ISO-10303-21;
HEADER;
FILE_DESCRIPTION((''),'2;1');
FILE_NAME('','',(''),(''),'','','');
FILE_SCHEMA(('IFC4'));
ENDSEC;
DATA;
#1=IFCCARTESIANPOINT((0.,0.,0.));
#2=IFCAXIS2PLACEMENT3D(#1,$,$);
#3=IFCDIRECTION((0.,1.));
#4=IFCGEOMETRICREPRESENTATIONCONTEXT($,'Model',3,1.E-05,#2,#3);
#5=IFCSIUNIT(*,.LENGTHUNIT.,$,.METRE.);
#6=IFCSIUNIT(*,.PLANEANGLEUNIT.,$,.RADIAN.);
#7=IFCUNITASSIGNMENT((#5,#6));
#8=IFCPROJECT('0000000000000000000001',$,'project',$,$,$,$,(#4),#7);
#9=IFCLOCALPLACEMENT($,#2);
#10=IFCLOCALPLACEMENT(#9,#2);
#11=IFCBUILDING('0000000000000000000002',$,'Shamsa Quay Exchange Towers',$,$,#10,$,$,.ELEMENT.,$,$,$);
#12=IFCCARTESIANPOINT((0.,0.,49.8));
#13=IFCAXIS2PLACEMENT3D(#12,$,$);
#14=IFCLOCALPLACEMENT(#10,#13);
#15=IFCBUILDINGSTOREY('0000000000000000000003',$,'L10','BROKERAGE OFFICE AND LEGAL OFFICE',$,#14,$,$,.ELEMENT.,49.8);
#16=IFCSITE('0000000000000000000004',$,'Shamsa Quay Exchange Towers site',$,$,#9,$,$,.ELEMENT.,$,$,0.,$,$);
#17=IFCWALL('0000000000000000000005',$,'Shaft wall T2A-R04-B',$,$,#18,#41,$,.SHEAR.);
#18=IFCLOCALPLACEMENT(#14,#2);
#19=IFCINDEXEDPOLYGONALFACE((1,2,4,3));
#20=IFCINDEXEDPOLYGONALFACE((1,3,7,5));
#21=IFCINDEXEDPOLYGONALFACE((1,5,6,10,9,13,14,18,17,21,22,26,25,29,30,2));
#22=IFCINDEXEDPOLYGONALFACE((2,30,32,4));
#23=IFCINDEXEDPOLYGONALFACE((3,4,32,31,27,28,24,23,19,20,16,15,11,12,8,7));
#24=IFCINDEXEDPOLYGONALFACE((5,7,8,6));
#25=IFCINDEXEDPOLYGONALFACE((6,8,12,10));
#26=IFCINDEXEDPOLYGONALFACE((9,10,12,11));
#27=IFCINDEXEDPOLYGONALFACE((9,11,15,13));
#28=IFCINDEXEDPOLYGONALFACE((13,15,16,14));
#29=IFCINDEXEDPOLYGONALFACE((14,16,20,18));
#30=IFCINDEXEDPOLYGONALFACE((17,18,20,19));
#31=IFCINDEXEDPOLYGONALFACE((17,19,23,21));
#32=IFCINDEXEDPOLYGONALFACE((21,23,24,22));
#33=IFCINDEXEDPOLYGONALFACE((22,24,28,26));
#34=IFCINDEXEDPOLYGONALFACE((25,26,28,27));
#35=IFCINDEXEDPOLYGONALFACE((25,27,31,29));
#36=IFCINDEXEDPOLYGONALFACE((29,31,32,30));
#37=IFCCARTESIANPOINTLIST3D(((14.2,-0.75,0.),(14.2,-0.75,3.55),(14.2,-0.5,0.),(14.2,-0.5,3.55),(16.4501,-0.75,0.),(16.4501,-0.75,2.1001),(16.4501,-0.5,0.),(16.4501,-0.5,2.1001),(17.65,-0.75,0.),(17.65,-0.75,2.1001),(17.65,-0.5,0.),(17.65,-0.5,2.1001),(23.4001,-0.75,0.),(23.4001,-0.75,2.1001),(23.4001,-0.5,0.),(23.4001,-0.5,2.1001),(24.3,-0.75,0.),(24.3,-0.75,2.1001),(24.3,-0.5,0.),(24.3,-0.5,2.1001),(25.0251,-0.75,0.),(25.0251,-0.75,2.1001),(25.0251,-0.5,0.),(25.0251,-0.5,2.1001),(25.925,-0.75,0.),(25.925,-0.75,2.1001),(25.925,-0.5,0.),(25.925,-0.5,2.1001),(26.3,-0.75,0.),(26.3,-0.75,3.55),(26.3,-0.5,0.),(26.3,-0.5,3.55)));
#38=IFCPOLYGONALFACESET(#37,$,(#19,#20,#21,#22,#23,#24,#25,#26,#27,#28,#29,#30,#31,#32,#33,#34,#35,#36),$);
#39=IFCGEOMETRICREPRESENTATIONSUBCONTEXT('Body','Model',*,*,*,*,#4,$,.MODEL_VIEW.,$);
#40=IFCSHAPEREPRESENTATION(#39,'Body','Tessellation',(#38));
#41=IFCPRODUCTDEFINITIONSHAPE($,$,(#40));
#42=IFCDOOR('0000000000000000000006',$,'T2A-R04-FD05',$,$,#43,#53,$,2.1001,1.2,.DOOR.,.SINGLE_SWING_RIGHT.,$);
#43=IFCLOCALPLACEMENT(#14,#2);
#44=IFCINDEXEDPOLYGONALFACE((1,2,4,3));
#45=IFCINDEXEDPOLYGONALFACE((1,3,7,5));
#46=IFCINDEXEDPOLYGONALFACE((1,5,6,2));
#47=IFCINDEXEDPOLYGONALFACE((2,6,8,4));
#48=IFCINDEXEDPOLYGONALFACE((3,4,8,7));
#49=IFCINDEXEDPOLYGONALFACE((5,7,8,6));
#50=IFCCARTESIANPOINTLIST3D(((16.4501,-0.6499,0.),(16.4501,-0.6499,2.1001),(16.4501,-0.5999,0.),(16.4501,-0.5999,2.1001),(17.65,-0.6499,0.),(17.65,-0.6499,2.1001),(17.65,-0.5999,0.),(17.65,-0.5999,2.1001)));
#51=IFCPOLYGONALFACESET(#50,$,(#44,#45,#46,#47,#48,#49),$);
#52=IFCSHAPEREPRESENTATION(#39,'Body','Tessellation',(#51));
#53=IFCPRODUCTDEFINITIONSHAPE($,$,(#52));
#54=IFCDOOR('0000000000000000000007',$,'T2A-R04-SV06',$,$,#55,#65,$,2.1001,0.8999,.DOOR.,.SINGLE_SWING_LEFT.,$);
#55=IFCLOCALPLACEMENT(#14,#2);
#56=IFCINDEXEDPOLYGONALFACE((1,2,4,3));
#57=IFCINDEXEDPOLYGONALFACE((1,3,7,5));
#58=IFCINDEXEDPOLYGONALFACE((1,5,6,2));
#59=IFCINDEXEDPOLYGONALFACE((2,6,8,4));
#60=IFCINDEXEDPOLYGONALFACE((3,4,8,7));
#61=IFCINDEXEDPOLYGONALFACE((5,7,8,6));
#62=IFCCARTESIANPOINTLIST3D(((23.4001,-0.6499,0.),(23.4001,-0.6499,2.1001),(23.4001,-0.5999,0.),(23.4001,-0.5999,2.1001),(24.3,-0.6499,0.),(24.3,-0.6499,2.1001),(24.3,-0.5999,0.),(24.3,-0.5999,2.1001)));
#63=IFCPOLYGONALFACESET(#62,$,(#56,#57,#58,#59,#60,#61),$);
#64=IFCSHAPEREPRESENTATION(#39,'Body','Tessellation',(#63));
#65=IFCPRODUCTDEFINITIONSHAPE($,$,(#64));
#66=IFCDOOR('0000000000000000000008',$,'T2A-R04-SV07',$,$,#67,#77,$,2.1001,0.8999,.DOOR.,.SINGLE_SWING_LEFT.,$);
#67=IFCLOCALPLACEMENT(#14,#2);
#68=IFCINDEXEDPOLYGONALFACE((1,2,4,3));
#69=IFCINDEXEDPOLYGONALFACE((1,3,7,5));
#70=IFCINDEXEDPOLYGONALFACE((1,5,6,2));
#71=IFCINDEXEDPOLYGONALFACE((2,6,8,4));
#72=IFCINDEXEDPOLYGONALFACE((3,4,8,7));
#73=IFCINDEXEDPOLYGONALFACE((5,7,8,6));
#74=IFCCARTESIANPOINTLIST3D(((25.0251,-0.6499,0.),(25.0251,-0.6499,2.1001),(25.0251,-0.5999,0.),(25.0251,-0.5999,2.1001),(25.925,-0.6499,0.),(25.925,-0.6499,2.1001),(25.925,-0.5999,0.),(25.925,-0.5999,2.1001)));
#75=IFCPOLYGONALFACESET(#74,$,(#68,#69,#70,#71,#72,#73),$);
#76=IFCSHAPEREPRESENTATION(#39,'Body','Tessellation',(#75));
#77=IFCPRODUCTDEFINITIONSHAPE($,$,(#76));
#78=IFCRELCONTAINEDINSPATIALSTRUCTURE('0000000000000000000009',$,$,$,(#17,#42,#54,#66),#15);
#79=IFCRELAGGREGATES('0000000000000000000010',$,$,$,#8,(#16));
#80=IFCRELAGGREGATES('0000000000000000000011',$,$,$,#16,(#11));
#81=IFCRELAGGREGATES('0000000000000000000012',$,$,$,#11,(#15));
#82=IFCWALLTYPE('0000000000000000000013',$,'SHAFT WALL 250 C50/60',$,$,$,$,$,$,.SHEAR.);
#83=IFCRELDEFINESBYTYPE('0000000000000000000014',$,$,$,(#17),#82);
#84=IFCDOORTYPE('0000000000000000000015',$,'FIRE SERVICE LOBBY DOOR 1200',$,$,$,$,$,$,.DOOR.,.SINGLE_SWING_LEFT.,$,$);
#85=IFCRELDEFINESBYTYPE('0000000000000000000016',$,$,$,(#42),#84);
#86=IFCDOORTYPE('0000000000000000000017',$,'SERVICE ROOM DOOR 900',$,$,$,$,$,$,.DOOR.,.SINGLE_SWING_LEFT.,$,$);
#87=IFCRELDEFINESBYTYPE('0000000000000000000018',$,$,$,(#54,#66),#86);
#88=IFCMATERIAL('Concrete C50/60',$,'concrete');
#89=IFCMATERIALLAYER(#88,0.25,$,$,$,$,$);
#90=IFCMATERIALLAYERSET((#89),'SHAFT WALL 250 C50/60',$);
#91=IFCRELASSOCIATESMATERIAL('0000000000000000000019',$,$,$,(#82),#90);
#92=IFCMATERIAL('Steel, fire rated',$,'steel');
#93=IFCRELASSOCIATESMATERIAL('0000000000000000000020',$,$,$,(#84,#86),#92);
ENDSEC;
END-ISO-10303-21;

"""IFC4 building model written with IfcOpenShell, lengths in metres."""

from ifc_helpers import new_model, si_unit, direction, frame, frame_2d, origin, place, context, subcontext, project, spatial, rectangle, extrude, material, layer, layer_set, type_object, element, fill, save


model = new_model("IFC4")

# Units and contexts
model_context = context("Model", 3, precision=1e-05, world=origin(), true_north=direction((0.0, 1.0)))
body_context = subcontext(model_context, "Body", "Model", "MODEL_VIEW")
ifc_project = project(units=[si_unit("LENGTHUNIT", "METRE"), si_unit("PLANEANGLEUNIT", "RADIAN")], contexts=[model_context])

# Site, building, storey
site_placement = place(None, origin())
site = spatial("IfcSite", under=ifc_project, at=site_placement, Name="Shamsa Quay Exchange Towers site", CompositionType="ELEMENT", RefElevation=0.0)
building_placement = place(site_placement, origin())
building = spatial("IfcBuilding", under=site, at=building_placement, Name="Shamsa Quay Exchange Towers", CompositionType="ELEMENT")
storey_placement = place(building_placement, frame((0.0, 0.0, 49.8)))
storey = spatial("IfcBuildingStorey", under=building, at=storey_placement, Name="L10", Description="BROKERAGE OFFICE AND LEGAL OFFICE", CompositionType="ELEMENT", Elevation=49.8)

# Shared definitions
ifc_material_1 = material(Name="Concrete C50/60", Category="concrete")
ifc_layer_1 = layer(ifc_material_1, 0.25)
ifc_layer_set_1 = layer_set([ifc_layer_1], Name="SHAFT WALL 250 C50/60")
wall_type_1 = type_object("IfcWallType", Name="SHAFT WALL 250 C50/60", PredefinedType="SHEAR", material=ifc_layer_set_1)
ifc_material_2 = material(Name="Steel, fire rated", Category="steel")

# Wall, openings, doors
wall_1_placement = place(storey_placement, frame((26.3, -0.625, 0.0), z_axis=(0.0, 0.0, 1.0), x_axis=(-1.0, 0.0, 0.0)))
wall_1 = element("IfcWall", 1, at=wall_1_placement, inside=storey, type_object=wall_type_1, Name="Shaft wall T2A-R04-B", PredefinedType="SHEAR", context=body_context, shape_type="SweptSolid", body=[
    extrude(rectangle(XDim=12.1001, YDim=0.25, at=frame_2d((6.05, 0.0))), origin(), (0.0, 0.0, 1.0), 3.55),
])
opening_1_placement = place(wall_1_placement, frame((8.6499, 0.0, 0.0)))
opening_1 = element("IfcOpeningElement", 2, at=opening_1_placement, cuts=wall_1, PredefinedType="OPENING", context=body_context, shape_type="SweptSolid", body=[
    extrude(rectangle(XDim=1.2, YDim=2.1001, at=frame_2d((0.6001, 1.05))), frame((0.0, 0.135, 0.0), z_axis=(0.0, -1.0, 0.0), x_axis=(1.0, 0.0, 0.0)), (0.0, 0.0, 1.0), 0.27),
])
opening_2_placement = place(wall_1_placement, frame((2.0, 0.0, 0.0)))
opening_2 = element("IfcOpeningElement", 3, at=opening_2_placement, cuts=wall_1, PredefinedType="OPENING", context=body_context, shape_type="SweptSolid", body=[
    extrude(rectangle(XDim=0.8999, YDim=2.1001, at=frame_2d((0.45, 1.05))), frame((0.0, 0.135, 0.0), z_axis=(0.0, -1.0, 0.0), x_axis=(1.0, 0.0, 0.0)), (0.0, 0.0, 1.0), 0.27),
])
opening_3_placement = place(wall_1_placement, frame((0.375, 0.0, 0.0)))
opening_3 = element("IfcOpeningElement", 4, at=opening_3_placement, cuts=wall_1, PredefinedType="OPENING", context=body_context, shape_type="SweptSolid", body=[
    extrude(rectangle(XDim=0.8999, YDim=2.1001, at=frame_2d((0.45, 1.05))), frame((0.0, 0.135, 0.0), z_axis=(0.0, -1.0, 0.0), x_axis=(1.0, 0.0, 0.0)), (0.0, 0.0, 1.0), 0.27),
])
door_type_1 = type_object("IfcDoorType", Name="FIRE SERVICE LOBBY DOOR 1200", OperationType="SINGLE_SWING_LEFT", PredefinedType="DOOR", material=ifc_material_2)
door_1_placement = place(opening_1_placement, origin())
door_1 = element("IfcDoor", 5, at=door_1_placement, inside=storey, type_object=door_type_1, Name="T2A-R04-FD05", OperationType="SINGLE_SWING_RIGHT", OverallHeight=2.1001, OverallWidth=1.2, PredefinedType="DOOR", context=body_context, shape_type="SweptSolid", body=[
    extrude(rectangle(XDim=1.2, YDim=2.1001, at=frame_2d((0.6001, 1.05))), frame((0.0, 0.0249, 0.0), z_axis=(0.0, -1.0, 0.0), x_axis=(1.0, 0.0, 0.0)), (0.0, 0.0, 1.0), 0.05),
])
fill(opening_1, door_1)
door_type_2 = type_object("IfcDoorType", Name="SERVICE ROOM DOOR 900", OperationType="SINGLE_SWING_LEFT", PredefinedType="DOOR", material=ifc_material_2)
door_2_placement = place(opening_2_placement, origin())
door_2 = element("IfcDoor", 6, at=door_2_placement, inside=storey, type_object=door_type_2, Name="T2A-R04-SV06", OperationType="SINGLE_SWING_LEFT", OverallHeight=2.1001, OverallWidth=0.8999, PredefinedType="DOOR", context=body_context, shape_type="SweptSolid", body=[
    extrude(rectangle(XDim=0.8999, YDim=2.1001, at=frame_2d((0.45, 1.05))), frame((0.0, 0.0249, 0.0), z_axis=(0.0, -1.0, 0.0), x_axis=(1.0, 0.0, 0.0)), (0.0, 0.0, 1.0), 0.05),
])
fill(opening_2, door_2)
door_3_placement = place(opening_3_placement, origin())
door_3 = element("IfcDoor", 7, at=door_3_placement, inside=storey, type_object=door_type_2, Name="T2A-R04-SV07", OperationType="SINGLE_SWING_LEFT", OverallHeight=2.1001, OverallWidth=0.8999, PredefinedType="DOOR", context=body_context, shape_type="SweptSolid", body=[
    extrude(rectangle(XDim=0.8999, YDim=2.1001, at=frame_2d((0.45, 1.05))), frame((0.0, 0.0249, 0.0), z_axis=(0.0, -1.0, 0.0), x_axis=(1.0, 0.0, 0.0)), (0.0, 0.0, 1.0), 0.05),
])
fill(opening_3, door_3)

save(model, "model.ifc")
